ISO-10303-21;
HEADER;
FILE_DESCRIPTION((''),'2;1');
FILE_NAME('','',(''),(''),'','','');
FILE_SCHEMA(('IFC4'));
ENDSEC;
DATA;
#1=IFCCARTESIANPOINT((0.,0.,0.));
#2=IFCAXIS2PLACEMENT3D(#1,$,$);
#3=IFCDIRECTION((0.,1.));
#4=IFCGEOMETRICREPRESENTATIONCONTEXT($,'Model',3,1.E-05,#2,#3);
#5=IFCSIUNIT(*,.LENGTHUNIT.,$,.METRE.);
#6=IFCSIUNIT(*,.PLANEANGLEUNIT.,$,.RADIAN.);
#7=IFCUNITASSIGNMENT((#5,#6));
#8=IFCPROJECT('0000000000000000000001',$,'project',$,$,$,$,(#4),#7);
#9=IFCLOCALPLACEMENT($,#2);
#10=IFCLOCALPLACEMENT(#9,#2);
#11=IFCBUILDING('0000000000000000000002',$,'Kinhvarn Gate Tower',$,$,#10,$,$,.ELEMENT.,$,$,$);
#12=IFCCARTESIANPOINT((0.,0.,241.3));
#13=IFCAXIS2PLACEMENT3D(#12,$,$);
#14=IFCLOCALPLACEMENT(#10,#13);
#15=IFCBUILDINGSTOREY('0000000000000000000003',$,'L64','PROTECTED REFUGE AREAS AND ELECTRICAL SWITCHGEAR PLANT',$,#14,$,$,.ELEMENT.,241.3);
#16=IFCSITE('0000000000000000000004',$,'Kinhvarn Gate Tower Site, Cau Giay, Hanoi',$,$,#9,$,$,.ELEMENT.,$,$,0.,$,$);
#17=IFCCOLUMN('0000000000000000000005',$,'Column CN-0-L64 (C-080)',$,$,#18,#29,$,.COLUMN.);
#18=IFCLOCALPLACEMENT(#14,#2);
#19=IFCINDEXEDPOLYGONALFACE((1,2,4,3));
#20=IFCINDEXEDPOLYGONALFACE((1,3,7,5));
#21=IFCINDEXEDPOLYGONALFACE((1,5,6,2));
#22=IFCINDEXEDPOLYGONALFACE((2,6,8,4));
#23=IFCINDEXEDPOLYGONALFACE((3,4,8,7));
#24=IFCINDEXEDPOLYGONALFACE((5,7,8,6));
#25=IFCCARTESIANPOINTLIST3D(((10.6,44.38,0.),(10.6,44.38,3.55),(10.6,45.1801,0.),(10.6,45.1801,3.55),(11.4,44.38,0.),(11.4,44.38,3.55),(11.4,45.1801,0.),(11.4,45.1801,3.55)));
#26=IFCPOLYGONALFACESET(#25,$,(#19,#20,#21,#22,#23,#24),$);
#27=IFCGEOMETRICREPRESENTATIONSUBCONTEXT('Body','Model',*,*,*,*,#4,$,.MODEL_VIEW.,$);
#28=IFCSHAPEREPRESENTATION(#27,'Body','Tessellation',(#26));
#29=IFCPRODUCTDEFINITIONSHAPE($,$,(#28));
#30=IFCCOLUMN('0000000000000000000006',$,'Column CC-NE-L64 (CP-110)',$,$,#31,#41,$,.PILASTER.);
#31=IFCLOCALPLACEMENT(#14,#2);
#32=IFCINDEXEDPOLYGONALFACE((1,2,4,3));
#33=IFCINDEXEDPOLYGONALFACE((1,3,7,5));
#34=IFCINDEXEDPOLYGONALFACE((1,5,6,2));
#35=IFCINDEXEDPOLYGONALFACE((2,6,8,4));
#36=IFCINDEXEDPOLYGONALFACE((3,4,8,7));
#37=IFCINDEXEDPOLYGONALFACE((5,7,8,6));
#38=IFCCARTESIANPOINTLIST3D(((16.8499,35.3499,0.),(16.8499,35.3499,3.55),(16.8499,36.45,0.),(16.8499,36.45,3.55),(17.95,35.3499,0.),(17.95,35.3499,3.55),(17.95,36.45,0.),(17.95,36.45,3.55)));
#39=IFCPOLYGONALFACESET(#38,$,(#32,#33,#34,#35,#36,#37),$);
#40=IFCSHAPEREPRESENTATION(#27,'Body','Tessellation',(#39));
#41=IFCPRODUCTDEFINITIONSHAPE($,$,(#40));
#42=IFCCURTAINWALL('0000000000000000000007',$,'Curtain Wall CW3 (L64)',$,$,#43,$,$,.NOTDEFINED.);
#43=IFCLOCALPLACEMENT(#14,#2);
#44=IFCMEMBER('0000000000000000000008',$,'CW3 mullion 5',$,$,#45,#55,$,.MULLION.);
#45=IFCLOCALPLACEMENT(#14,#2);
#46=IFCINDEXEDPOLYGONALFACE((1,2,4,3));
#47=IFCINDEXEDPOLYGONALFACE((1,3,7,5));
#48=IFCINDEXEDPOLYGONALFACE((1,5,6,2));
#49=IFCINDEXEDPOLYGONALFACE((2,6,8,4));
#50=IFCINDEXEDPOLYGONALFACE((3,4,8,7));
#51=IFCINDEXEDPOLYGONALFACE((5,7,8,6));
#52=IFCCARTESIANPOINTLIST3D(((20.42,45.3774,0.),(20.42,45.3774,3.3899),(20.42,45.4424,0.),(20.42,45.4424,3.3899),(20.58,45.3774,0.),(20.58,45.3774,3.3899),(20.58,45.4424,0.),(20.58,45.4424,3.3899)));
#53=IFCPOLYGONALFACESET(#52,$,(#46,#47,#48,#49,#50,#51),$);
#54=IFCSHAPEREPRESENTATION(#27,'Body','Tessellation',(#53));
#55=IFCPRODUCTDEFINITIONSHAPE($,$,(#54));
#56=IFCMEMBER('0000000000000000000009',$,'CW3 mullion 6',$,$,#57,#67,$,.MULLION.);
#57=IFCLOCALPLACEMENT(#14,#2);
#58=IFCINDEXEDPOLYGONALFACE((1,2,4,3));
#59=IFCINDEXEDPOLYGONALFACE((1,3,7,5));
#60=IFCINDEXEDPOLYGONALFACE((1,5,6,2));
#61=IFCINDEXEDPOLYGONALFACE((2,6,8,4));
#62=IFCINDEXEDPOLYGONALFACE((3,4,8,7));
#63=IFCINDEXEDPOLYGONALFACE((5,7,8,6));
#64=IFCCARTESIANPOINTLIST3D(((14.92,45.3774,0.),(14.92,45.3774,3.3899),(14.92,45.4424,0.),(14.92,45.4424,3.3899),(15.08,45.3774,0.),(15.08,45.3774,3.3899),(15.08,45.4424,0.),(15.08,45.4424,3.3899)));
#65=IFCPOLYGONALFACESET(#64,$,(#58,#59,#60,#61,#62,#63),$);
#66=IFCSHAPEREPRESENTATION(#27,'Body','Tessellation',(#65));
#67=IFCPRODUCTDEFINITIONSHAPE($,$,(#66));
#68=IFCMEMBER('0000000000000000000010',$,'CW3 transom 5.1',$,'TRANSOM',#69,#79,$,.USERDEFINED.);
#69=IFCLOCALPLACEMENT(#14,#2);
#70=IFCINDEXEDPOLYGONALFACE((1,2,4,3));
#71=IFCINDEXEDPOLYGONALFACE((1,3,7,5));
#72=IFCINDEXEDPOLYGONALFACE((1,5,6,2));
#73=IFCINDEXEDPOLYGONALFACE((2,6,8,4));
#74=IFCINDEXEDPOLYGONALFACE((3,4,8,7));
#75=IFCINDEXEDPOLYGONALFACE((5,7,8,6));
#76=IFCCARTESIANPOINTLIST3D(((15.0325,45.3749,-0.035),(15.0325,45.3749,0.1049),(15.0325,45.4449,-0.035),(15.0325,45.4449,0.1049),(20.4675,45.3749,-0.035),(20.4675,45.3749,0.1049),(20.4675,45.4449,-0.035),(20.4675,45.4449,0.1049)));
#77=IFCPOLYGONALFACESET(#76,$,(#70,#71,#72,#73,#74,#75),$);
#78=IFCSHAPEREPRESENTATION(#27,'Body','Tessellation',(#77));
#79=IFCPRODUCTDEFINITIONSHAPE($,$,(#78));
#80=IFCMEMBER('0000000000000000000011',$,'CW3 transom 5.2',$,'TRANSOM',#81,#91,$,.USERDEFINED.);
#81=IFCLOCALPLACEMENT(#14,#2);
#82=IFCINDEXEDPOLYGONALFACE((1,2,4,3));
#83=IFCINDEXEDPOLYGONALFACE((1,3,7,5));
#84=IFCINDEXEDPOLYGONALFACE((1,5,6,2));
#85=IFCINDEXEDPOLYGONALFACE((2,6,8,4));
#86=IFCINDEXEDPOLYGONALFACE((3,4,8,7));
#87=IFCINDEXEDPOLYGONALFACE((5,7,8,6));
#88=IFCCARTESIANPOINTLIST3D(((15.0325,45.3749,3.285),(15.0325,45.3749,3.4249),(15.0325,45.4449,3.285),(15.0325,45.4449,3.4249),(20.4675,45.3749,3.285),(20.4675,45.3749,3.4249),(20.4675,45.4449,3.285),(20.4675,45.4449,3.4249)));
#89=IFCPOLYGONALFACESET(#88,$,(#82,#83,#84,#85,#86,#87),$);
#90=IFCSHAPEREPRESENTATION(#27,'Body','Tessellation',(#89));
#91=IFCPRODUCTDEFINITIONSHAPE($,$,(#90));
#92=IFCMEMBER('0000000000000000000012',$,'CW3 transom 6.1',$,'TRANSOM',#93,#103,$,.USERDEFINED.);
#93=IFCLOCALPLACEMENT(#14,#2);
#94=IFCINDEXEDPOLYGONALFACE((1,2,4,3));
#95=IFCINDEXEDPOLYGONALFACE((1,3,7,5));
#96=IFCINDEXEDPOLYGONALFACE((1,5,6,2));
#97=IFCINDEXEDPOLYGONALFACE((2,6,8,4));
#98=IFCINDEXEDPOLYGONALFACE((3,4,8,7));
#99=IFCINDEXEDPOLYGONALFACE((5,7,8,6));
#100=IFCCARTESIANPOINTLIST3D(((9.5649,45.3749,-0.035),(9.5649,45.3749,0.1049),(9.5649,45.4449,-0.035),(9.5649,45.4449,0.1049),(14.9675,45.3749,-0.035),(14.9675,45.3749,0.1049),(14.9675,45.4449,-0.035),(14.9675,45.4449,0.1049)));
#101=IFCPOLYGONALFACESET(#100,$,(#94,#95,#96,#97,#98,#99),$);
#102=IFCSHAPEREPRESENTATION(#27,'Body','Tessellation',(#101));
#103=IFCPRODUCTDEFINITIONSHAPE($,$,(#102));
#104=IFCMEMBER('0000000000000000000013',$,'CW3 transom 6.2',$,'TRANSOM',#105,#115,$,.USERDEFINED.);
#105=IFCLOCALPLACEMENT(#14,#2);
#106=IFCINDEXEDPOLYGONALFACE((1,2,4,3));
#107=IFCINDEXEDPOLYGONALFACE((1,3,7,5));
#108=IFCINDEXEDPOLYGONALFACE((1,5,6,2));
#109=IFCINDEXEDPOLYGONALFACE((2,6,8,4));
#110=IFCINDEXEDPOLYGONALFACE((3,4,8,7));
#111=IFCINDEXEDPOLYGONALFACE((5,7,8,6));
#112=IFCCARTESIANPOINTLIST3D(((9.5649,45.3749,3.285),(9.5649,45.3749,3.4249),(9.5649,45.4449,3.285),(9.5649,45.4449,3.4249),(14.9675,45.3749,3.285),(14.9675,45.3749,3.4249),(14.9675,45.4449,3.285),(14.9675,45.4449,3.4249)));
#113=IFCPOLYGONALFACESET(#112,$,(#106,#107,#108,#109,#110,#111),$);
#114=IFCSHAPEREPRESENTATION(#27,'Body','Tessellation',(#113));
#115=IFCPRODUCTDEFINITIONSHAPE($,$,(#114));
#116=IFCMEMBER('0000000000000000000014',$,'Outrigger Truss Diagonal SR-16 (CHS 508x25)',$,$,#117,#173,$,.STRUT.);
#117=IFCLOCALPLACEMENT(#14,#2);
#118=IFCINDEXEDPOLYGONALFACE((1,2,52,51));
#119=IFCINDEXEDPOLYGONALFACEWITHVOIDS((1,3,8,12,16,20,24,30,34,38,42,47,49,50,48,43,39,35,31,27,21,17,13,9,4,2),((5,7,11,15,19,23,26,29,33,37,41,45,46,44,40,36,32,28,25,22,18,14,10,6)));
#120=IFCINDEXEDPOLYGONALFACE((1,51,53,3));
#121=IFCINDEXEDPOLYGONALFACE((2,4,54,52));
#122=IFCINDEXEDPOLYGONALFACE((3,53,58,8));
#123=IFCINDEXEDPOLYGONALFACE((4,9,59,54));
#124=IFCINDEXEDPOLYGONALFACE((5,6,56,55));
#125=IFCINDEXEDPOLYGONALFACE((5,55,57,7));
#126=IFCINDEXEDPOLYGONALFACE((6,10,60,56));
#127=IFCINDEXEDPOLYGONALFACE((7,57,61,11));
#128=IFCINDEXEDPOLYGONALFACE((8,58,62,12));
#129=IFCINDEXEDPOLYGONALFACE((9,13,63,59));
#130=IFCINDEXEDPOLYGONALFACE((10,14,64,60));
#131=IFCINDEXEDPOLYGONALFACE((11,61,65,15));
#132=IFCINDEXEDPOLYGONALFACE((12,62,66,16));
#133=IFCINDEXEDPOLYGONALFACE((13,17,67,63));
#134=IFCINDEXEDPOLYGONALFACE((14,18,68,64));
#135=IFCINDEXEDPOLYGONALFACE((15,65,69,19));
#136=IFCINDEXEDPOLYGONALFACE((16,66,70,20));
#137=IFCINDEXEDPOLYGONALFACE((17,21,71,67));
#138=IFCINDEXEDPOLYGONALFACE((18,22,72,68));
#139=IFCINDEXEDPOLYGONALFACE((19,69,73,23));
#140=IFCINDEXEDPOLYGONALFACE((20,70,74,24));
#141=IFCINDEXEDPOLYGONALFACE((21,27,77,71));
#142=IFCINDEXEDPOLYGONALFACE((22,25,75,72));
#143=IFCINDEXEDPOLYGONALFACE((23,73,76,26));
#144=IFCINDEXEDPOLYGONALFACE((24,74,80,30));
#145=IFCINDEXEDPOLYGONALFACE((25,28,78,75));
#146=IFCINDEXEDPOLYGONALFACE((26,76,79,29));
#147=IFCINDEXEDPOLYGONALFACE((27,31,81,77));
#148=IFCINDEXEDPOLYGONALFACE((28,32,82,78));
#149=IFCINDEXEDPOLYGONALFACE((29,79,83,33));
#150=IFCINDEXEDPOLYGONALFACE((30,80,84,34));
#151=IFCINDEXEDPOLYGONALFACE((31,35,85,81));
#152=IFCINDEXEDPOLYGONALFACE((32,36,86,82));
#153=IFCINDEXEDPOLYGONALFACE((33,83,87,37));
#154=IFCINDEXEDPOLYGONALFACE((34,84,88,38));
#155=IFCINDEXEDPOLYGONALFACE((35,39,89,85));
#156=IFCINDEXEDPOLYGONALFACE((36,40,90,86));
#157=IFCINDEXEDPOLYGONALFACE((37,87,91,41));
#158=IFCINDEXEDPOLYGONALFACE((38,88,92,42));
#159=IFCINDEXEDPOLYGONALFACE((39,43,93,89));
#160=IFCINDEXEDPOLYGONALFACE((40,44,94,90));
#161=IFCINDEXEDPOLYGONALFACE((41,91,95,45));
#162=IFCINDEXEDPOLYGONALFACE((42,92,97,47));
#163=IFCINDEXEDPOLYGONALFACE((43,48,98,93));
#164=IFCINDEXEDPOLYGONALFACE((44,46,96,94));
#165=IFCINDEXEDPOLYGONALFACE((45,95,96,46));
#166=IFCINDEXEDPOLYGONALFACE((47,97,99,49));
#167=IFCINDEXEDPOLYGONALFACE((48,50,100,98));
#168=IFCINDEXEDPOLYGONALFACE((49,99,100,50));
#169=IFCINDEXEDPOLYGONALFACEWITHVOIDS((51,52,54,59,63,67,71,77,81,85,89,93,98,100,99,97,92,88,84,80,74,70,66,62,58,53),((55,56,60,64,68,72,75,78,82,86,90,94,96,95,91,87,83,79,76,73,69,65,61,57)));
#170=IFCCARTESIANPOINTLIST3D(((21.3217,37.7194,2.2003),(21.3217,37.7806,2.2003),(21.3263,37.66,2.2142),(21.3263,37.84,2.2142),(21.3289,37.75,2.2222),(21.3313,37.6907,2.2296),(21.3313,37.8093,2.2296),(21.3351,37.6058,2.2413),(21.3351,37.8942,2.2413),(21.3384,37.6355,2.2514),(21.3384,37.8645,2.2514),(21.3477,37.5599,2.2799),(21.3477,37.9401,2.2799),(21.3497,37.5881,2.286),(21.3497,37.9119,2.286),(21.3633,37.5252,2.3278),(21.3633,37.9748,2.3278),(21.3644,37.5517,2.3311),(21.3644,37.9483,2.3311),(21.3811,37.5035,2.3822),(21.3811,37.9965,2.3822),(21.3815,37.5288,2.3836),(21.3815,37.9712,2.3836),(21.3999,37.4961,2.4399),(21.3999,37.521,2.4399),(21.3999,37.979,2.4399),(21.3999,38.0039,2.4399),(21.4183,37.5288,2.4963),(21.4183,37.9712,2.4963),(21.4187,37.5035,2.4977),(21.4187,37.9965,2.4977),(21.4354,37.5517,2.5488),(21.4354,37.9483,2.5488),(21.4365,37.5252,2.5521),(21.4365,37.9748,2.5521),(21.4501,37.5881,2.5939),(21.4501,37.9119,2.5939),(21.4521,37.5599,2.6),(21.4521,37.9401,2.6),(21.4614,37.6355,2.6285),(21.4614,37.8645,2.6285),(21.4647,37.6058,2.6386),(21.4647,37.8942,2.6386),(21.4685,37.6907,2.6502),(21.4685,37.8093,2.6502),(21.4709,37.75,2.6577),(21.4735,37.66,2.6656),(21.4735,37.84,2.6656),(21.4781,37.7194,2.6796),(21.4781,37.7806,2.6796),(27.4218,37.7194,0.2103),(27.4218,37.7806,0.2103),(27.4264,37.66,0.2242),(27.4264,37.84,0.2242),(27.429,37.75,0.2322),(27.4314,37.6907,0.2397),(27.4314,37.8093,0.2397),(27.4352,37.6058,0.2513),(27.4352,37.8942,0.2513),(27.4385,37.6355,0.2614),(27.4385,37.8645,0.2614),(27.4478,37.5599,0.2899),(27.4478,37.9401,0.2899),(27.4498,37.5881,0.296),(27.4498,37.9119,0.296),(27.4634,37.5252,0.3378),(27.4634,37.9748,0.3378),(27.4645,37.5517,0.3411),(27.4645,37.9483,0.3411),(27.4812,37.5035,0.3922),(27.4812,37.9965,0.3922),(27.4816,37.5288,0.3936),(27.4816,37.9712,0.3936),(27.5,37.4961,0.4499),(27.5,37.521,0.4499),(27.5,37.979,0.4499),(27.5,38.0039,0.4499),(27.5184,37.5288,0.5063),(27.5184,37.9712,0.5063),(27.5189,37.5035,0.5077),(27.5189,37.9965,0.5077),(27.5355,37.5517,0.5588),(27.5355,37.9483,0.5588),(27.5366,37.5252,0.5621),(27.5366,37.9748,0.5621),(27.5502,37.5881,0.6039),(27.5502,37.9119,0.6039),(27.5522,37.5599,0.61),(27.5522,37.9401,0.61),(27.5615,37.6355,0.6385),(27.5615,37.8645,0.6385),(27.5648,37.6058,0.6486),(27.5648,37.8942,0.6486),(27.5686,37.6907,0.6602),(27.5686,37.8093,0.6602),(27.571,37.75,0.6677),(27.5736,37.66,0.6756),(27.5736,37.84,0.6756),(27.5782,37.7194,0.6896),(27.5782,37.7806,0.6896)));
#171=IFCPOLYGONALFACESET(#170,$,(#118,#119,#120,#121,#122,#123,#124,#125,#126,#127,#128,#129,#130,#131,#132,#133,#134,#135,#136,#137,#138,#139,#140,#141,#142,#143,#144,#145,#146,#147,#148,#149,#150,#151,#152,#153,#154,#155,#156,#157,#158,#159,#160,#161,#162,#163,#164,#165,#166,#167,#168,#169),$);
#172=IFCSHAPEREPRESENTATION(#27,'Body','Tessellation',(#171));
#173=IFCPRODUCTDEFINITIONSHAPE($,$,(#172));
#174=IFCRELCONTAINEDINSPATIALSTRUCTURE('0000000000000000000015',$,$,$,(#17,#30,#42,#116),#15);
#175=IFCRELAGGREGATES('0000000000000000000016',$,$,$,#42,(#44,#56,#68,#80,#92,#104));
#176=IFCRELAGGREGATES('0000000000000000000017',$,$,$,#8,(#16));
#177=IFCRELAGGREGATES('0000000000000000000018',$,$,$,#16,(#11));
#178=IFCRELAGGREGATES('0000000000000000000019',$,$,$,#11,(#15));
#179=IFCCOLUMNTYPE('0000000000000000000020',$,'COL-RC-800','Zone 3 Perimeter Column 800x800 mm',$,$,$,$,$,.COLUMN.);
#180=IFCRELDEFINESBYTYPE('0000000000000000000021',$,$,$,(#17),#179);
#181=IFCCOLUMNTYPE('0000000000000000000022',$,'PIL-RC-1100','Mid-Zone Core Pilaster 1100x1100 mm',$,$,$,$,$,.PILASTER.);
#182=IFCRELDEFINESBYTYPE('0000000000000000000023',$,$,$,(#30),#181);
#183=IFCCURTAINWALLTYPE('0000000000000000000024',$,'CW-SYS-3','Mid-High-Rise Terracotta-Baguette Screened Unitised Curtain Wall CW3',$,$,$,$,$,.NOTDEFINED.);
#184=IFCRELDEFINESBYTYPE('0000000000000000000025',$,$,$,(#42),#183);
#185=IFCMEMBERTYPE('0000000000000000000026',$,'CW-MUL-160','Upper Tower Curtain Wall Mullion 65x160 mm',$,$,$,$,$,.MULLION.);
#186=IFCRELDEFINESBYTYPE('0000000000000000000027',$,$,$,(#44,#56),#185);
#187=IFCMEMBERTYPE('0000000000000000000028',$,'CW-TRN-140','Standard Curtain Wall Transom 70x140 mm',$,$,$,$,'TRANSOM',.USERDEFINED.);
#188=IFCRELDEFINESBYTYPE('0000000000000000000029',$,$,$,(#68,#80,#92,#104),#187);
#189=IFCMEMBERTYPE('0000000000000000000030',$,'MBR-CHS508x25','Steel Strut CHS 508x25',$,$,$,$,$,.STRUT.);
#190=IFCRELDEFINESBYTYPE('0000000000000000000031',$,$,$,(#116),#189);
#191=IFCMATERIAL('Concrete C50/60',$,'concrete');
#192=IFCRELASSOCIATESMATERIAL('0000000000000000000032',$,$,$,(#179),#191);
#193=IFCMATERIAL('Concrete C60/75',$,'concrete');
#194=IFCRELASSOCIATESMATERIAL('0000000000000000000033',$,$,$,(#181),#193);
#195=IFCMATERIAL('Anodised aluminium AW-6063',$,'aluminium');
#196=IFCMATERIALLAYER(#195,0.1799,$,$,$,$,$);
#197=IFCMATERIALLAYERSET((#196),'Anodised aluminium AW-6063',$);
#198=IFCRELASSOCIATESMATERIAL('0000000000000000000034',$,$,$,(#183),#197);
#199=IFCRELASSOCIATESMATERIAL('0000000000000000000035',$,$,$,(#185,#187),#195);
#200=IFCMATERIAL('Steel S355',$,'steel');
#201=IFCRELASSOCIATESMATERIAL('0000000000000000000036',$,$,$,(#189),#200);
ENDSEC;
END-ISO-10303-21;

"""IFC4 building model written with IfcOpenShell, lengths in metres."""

from ifc_helpers import new_model, si_unit, direction, frame, origin, origin_2d, place, context, subcontext, project, spatial, rectangle, hollow_circle, extrude, material, layer, layer_set, material_profile, profile_set, type_object, element, aggregate, save


model = new_model("IFC4")

# Units and contexts
model_context = context("Model", 3, precision=1e-05, world=origin(), true_north=direction((0.0, 1.0)))
body_context = subcontext(model_context, "Body", "Model", "MODEL_VIEW")
ifc_project = project(units=[si_unit("LENGTHUNIT", "METRE"), si_unit("PLANEANGLEUNIT", "RADIAN")], contexts=[model_context])

# Site, building, storey
site_placement = place(None, origin())
site = spatial("IfcSite", under=ifc_project, at=site_placement, Name="Kinhvarn Gate Tower Site, Cau Giay, Hanoi", CompositionType="ELEMENT", RefElevation=0.0)
building_placement = place(site_placement, origin())
building = spatial("IfcBuilding", under=site, at=building_placement, Name="Kinhvarn Gate Tower", CompositionType="ELEMENT")
storey_placement = place(building_placement, frame((0.0, 0.0, 241.3)))
storey = spatial("IfcBuildingStorey", under=building, at=storey_placement, Name="L64", Description="PROTECTED REFUGE AREAS AND ELECTRICAL SWITCHGEAR PLANT", CompositionType="ELEMENT", Elevation=241.3)

# Columns
ifc_material_1 = material(Name="Concrete C50/60", Category="concrete")
ifc_material_profile_1 = material_profile(ifc_material_1, rectangle(XDim=0.8, YDim=0.8, at=origin_2d()), Name="RC 800x800")
ifc_profile_set_1 = profile_set([ifc_material_profile_1], Name="Concrete C50/60")
column_type_1 = type_object("IfcColumnType", Name="COL-RC-800", Description="Zone 3 Perimeter Column 800x800 mm", PredefinedType="COLUMN", material=ifc_profile_set_1)
column_1_placement = place(storey_placement, frame((11.0, 44.78, 0.0), z_axis=(0.0, 0.0, 1.0), x_axis=(1.0, 0.0, 0.0)))
element("IfcColumn", 1, at=column_1_placement, inside=storey, type_object=column_type_1, Name="Column CN-0-L64 (C-080)", PredefinedType="COLUMN", context=body_context, shape_type="SweptSolid", body=[
    extrude(rectangle(XDim=0.8, YDim=0.8, at=origin_2d()), origin(), (0.0, 0.0, 1.0), 3.55),
])
ifc_material_2 = material(Name="Concrete C60/75", Category="concrete")
ifc_material_profile_2 = material_profile(ifc_material_2, rectangle(XDim=1.1001, YDim=1.1001, at=origin_2d()), Name="RC 1100x1100")
ifc_profile_set_2 = profile_set([ifc_material_profile_2], Name="Concrete C60/75")
column_type_2 = type_object("IfcColumnType", Name="PIL-RC-1100", Description="Mid-Zone Core Pilaster 1100x1100 mm", PredefinedType="PILASTER", material=ifc_profile_set_2)
column_2_placement = place(storey_placement, frame((17.3999, 35.8999, 0.0), z_axis=(0.0, 0.0, 1.0), x_axis=(1.0, 0.0, 0.0)))
element("IfcColumn", 2, at=column_2_placement, inside=storey, type_object=column_type_2, Name="Column CC-NE-L64 (CP-110)", PredefinedType="PILASTER", context=body_context, shape_type="SweptSolid", body=[
    extrude(rectangle(XDim=1.1001, YDim=1.1001, at=origin_2d()), origin(), (0.0, 0.0, 1.0), 3.55),
])

# Curtain wall, members
ifc_material_3 = material(Name="Anodised aluminium AW-6063", Category="aluminium")
ifc_layer_1 = layer(ifc_material_3, 0.1799)
ifc_layer_set_1 = layer_set([ifc_layer_1], Name="Anodised aluminium AW-6063")
curtain_wall_type = type_object("IfcCurtainWallType", Name="CW-SYS-3", Description="Mid-High-Rise Terracotta-Baguette Screened Unitised Curtain Wall CW3", PredefinedType="NOTDEFINED", material=ifc_layer_set_1)
curtain_wall_placement = place(storey_placement, origin())
curtain_wall = element("IfcCurtainWall", 3, at=curtain_wall_placement, inside=storey, type_object=curtain_wall_type, Name="Curtain Wall CW3 (L64)", PredefinedType="NOTDEFINED")
ifc_material_profile_3 = material_profile(ifc_material_3, rectangle(XDim=0.0649, YDim=0.1599, at=origin_2d()), Name="ALU 65x160")
ifc_profile_set_3 = profile_set([ifc_material_profile_3], Name="Anodised aluminium AW-6063")
member_type_1 = type_object("IfcMemberType", Name="CW-MUL-160", Description="Upper Tower Curtain Wall Mullion 65x160 mm", PredefinedType="MULLION", material=ifc_profile_set_3)
member_1_placement = place(storey_placement, frame((20.5, 45.4099, 0.0), z_axis=(0.0, 0.0, 1.0), x_axis=(0.0, -1.0, 0.0)))
member_1 = element("IfcMember", 4, at=member_1_placement, type_object=member_type_1, Name="CW3 mullion 5", PredefinedType="MULLION", context=body_context, shape_type="SweptSolid", body=[
    extrude(rectangle(XDim=0.0649, YDim=0.1599, at=origin_2d()), origin(), (0.0, 0.0, 1.0), 3.3899),
])
member_2_placement = place(storey_placement, frame((15.0, 45.4099, 0.0), z_axis=(0.0, 0.0, 1.0), x_axis=(0.0, -1.0, 0.0)))
member_2 = element("IfcMember", 5, at=member_2_placement, type_object=member_type_1, Name="CW3 mullion 6", PredefinedType="MULLION", context=body_context, shape_type="SweptSolid", body=[
    extrude(rectangle(XDim=0.0649, YDim=0.1599, at=origin_2d()), origin(), (0.0, 0.0, 1.0), 3.3899),
])
ifc_material_profile_4 = material_profile(ifc_material_3, rectangle(XDim=0.0701, YDim=0.1399, at=origin_2d()), Name="ALU 70x140")
ifc_profile_set_4 = profile_set([ifc_material_profile_4], Name="Anodised aluminium AW-6063")
member_type_2 = type_object("IfcMemberType", Name="CW-TRN-140", Description="Standard Curtain Wall Transom 70x140 mm", ElementType="TRANSOM", PredefinedType="USERDEFINED", material=ifc_profile_set_4)
member_3_placement = place(storey_placement, frame((20.4675, 45.4099, 0.0349), z_axis=(-1.0, 0.0, 0.0), x_axis=(0.0, -1.0, 0.0)))
member_3 = element("IfcMember", 6, at=member_3_placement, type_object=member_type_2, Name="CW3 transom 5.1", ObjectType="TRANSOM", PredefinedType="USERDEFINED", context=body_context, shape_type="SweptSolid", body=[
    extrude(rectangle(XDim=0.0701, YDim=0.1399, at=origin_2d()), origin(), (0.0, 0.0, 1.0), 5.4351),
])
member_4_placement = place(storey_placement, frame((20.4675, 45.4099, 3.355), z_axis=(-1.0, 0.0, 0.0), x_axis=(0.0, -1.0, 0.0)))
member_4 = element("IfcMember", 7, at=member_4_placement, type_object=member_type_2, Name="CW3 transom 5.2", ObjectType="TRANSOM", PredefinedType="USERDEFINED", context=body_context, shape_type="SweptSolid", body=[
    extrude(rectangle(XDim=0.0701, YDim=0.1399, at=origin_2d()), origin(), (0.0, 0.0, 1.0), 5.4351),
])
member_5_placement = place(storey_placement, frame((14.9675, 45.4099, 0.0349), z_axis=(-1.0, 0.0, 0.0), x_axis=(0.0, -1.0, 0.0)))
member_5 = element("IfcMember", 8, at=member_5_placement, type_object=member_type_2, Name="CW3 transom 6.1", ObjectType="TRANSOM", PredefinedType="USERDEFINED", context=body_context, shape_type="SweptSolid", body=[
    extrude(rectangle(XDim=0.0701, YDim=0.1399, at=origin_2d()), origin(), (0.0, 0.0, 1.0), 5.4026),
])
member_6_placement = place(storey_placement, frame((14.9675, 45.4099, 3.355), z_axis=(-1.0, 0.0, 0.0), x_axis=(0.0, -1.0, 0.0)))
member_6 = element("IfcMember", 9, at=member_6_placement, type_object=member_type_2, Name="CW3 transom 6.2", ObjectType="TRANSOM", PredefinedType="USERDEFINED", context=body_context, shape_type="SweptSolid", body=[
    extrude(rectangle(XDim=0.0701, YDim=0.1399, at=origin_2d()), origin(), (0.0, 0.0, 1.0), 5.4026),
])

# Member
ifc_material_4 = material(Name="Steel S355", Category="steel")
ifc_material_profile_5 = material_profile(ifc_material_4, hollow_circle(Radius=0.2539, WallThickness=0.0249, at=origin_2d()), Name="CHS 508x25")
ifc_profile_set_5 = profile_set([ifc_material_profile_5], Name="Steel S355")
member_type_3 = type_object("IfcMemberType", Name="MBR-CHS508x25", Description="Steel Strut CHS 508x25", PredefinedType="STRUT", material=ifc_profile_set_5)
member_7_placement = place(storey_placement, frame((21.3999, 37.75, 2.4399), z_axis=(0.950692, 0.0, -0.310137), x_axis=(0.0, 1.0, 0.0)))
element("IfcMember", 10, at=member_7_placement, inside=storey, type_object=member_type_3, Name="Outrigger Truss Diagonal SR-16 (CHS 508x25)", PredefinedType="STRUT", context=body_context, shape_type="SweptSolid", body=[
    extrude(hollow_circle(Radius=0.2539, WallThickness=0.0249, at=origin_2d()), origin(), (0.0, 0.0, 1.0), 6.4165),
])

aggregate(curtain_wall, [member_1, member_2, member_3, member_4, member_5, member_6])

save(model, "model.ifc")
